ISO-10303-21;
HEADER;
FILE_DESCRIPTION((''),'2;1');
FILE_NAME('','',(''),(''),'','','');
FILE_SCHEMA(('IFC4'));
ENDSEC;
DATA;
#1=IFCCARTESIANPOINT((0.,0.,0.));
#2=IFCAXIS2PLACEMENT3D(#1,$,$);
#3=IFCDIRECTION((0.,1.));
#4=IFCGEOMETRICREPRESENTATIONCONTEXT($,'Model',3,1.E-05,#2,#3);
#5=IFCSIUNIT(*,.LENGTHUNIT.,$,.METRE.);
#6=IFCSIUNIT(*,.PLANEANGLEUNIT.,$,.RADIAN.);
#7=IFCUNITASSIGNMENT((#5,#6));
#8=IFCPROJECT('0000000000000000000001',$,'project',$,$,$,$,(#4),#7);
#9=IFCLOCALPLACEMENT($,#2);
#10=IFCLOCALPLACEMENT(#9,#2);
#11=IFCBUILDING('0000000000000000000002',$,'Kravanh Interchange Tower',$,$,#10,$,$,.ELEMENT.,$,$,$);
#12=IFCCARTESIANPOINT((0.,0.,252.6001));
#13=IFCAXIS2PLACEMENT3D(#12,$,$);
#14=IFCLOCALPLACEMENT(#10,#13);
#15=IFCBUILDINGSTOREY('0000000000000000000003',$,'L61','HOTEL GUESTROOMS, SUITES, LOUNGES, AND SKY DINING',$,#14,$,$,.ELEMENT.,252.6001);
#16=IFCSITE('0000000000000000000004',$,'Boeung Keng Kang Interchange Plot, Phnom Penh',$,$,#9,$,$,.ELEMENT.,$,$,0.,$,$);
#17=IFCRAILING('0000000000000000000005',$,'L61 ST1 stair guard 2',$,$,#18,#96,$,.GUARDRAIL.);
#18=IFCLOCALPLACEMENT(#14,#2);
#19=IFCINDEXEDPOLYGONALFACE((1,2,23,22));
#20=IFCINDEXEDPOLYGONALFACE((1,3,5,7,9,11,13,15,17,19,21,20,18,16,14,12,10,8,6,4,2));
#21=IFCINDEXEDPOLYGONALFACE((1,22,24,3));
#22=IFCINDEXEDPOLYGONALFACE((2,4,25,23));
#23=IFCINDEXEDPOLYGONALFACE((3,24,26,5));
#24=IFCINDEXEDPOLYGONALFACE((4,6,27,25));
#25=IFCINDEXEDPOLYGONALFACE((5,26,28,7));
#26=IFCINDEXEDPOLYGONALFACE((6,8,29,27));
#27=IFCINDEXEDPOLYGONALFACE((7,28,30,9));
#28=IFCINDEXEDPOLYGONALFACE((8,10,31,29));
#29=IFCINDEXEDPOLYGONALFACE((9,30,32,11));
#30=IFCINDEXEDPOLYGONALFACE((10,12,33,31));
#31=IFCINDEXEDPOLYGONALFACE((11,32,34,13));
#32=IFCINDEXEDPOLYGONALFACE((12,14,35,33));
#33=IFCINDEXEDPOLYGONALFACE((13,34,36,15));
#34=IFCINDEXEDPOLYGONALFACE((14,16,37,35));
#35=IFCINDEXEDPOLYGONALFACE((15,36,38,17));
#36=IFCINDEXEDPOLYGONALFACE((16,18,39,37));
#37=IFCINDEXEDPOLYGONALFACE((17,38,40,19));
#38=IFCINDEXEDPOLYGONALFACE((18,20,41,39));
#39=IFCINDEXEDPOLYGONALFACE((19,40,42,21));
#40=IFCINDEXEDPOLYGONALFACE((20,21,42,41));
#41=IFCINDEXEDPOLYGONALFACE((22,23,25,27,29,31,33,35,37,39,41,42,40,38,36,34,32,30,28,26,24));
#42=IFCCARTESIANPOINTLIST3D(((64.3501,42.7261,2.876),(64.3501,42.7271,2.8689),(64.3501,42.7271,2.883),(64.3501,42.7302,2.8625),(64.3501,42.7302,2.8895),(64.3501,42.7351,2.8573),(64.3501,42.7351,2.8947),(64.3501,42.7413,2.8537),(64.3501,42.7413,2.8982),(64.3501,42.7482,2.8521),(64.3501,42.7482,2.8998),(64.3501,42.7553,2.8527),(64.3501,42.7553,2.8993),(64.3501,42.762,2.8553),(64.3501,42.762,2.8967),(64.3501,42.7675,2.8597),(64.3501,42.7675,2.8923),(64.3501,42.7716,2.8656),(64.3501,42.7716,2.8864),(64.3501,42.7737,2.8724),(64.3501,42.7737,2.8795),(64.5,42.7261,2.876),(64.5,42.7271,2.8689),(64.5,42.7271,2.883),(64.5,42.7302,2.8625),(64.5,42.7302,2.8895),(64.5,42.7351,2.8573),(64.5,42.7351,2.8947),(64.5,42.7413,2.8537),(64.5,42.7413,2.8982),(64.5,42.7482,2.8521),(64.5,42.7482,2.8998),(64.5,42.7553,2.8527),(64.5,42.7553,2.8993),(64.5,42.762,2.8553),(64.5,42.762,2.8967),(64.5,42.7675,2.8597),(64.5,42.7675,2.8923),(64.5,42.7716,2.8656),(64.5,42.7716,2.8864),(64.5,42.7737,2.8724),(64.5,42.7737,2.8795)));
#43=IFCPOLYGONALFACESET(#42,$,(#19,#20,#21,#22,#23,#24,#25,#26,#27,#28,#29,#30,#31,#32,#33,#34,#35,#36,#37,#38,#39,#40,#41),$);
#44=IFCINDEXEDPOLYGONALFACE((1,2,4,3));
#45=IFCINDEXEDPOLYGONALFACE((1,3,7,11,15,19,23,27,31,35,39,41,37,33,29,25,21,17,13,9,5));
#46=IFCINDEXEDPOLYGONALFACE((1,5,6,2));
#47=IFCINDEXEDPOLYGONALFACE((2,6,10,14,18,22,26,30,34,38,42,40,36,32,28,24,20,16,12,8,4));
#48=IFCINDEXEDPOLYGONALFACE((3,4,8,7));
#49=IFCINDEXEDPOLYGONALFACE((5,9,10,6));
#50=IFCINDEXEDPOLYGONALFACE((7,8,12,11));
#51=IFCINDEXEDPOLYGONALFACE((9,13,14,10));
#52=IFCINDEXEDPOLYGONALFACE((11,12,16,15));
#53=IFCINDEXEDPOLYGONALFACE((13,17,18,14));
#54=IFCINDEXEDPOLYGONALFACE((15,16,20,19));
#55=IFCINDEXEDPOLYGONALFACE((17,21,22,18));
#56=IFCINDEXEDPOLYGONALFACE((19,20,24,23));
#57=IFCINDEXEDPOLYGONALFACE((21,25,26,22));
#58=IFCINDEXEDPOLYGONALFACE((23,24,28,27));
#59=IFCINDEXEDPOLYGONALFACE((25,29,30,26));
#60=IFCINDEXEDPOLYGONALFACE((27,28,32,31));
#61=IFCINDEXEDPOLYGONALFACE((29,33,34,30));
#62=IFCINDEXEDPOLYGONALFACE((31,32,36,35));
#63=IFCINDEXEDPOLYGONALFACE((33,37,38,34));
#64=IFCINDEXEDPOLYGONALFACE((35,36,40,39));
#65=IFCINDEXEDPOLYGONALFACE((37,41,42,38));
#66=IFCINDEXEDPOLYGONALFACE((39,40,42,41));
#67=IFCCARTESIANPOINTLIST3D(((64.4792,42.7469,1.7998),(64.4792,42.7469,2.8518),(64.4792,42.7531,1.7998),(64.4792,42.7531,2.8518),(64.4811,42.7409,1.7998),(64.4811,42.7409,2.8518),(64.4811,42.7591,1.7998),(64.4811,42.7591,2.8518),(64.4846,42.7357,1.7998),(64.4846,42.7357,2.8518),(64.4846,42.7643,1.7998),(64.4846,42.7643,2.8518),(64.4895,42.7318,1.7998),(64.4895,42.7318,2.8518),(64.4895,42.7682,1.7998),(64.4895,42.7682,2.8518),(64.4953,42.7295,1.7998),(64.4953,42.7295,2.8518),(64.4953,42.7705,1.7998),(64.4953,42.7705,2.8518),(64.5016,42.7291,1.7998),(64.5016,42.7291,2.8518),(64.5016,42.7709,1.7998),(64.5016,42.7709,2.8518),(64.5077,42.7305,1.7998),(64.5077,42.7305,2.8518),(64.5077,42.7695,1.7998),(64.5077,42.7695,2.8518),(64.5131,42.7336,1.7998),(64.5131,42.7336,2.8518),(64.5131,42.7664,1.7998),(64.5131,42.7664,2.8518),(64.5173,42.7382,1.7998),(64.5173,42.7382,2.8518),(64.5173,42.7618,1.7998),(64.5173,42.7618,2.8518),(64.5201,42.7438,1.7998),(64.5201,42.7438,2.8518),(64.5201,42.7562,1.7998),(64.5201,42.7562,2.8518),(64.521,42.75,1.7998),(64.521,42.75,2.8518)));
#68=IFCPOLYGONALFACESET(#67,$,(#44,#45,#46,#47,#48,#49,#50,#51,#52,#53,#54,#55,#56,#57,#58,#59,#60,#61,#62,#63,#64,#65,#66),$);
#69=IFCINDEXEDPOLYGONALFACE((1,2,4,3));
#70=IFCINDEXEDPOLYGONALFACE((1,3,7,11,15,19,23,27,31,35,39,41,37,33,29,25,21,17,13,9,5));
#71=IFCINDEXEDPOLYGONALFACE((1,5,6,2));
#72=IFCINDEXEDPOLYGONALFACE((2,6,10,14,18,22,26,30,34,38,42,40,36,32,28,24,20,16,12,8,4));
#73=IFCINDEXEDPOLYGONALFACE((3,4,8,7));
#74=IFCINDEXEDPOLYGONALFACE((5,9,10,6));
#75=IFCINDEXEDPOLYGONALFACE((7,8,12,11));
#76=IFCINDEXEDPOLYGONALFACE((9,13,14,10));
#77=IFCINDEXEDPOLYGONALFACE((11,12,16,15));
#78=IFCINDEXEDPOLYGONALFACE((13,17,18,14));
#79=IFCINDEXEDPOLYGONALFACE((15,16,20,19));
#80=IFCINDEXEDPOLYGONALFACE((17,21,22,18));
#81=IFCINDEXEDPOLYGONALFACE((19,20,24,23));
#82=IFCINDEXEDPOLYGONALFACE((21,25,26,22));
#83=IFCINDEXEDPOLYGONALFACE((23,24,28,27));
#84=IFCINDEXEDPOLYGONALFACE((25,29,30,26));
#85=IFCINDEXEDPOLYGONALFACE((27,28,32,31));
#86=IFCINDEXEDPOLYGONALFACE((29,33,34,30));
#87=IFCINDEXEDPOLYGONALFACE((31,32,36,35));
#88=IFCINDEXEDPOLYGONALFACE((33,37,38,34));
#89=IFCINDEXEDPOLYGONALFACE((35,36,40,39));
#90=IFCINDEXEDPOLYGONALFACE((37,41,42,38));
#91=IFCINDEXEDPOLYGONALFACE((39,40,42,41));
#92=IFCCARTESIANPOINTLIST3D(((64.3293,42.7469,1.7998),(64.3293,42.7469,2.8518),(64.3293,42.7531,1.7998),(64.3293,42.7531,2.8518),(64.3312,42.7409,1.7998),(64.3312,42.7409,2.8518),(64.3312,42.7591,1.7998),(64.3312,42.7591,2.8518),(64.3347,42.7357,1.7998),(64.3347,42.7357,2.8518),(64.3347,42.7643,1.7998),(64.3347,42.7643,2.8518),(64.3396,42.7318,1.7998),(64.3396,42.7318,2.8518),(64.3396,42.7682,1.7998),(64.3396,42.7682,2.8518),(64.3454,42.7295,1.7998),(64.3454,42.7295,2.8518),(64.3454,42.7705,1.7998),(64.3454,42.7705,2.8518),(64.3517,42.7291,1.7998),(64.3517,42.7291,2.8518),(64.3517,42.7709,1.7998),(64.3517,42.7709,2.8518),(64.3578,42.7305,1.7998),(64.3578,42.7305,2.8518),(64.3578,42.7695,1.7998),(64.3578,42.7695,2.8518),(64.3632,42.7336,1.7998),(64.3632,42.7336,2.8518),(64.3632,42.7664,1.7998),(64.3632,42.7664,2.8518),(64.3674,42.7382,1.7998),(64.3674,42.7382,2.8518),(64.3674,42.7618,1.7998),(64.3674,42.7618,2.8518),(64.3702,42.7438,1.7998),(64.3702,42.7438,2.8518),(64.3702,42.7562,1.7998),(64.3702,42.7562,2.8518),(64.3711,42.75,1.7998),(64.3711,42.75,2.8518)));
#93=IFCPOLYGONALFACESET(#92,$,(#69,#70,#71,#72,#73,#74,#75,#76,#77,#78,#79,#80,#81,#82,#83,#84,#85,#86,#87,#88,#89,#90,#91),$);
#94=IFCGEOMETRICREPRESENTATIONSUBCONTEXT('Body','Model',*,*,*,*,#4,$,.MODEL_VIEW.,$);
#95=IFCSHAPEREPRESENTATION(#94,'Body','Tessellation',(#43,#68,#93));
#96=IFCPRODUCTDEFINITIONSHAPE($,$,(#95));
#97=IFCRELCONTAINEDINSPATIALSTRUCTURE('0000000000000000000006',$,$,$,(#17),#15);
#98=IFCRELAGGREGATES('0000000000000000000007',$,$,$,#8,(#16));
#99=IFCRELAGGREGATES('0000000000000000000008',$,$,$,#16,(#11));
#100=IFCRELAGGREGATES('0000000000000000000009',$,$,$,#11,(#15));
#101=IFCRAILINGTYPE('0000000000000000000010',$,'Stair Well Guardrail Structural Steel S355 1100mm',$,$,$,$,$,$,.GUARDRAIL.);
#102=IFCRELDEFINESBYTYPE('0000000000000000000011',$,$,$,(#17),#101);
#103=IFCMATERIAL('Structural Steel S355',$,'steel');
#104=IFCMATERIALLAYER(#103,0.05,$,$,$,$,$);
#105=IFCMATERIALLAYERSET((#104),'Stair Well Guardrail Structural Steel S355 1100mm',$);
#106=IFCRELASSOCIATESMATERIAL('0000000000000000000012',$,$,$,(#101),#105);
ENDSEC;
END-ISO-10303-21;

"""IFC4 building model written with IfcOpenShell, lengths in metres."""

from ifc_helpers import new_model, si_unit, direction, frame, origin, origin_2d, place, context, subcontext, project, spatial, circle, extrude, material, layer, layer_set, type_object, element, save


model = new_model("IFC4")

# Units and contexts
model_context = context("Model", 3, precision=1e-05, world=origin(), true_north=direction((0.0, 1.0)))
body_context = subcontext(model_context, "Body", "Model", "MODEL_VIEW")
ifc_project = project(units=[si_unit("LENGTHUNIT", "METRE"), si_unit("PLANEANGLEUNIT", "RADIAN")], contexts=[model_context])

# Site, building, storey
site_placement = place(None, origin())
site = spatial("IfcSite", under=ifc_project, at=site_placement, Name="Boeung Keng Kang Interchange Plot, Phnom Penh", CompositionType="ELEMENT", RefElevation=0.0)
building_placement = place(site_placement, origin())
building = spatial("IfcBuilding", under=site, at=building_placement, Name="Kravanh Interchange Tower", CompositionType="ELEMENT")
storey_placement = place(building_placement, frame((0.0, 0.0, 252.6001)))
storey = spatial("IfcBuildingStorey", under=building, at=storey_placement, Name="L61", Description="HOTEL GUESTROOMS, SUITES, LOUNGES, AND SKY DINING", CompositionType="ELEMENT", Elevation=252.6001)

# Railing
ifc_material_1 = material(Name="Structural Steel S355", Category="steel")
ifc_layer_1 = layer(ifc_material_1, 0.05)
ifc_layer_set_1 = layer_set([ifc_layer_1], Name="Stair Well Guardrail Structural Steel S355 1100mm")
railing_type_1 = type_object("IfcRailingType", Name="Stair Well Guardrail Structural Steel S355 1100mm", PredefinedType="GUARDRAIL", material=ifc_layer_set_1)
railing_1_placement = place(storey_placement, frame((64.5, 42.75, 1.7998)))
element("IfcRailing", 1, at=railing_1_placement, inside=storey, type_object=railing_type_1, Name="L61 ST1 stair guard 2", PredefinedType="GUARDRAIL", context=body_context, shape_type="SweptSolid", body=[
    extrude(circle(Radius=0.0239, at=origin_2d()), frame((0.0, 0.0, 1.0762), z_axis=(-1.0, 0.0, 0.0), x_axis=(0.0, -1.0, 0.0)), (0.0, 0.0, 1.0), 0.1499),
    extrude(circle(Radius=0.021, at=origin_2d()), origin(), (0.0, 0.0, 1.0), 1.052),
    extrude(circle(Radius=0.021, at=origin_2d()), frame((-0.1499, 0.0, 0.0)), (0.0, 0.0, 1.0), 1.052),
])

save(model, "model.ifc")
